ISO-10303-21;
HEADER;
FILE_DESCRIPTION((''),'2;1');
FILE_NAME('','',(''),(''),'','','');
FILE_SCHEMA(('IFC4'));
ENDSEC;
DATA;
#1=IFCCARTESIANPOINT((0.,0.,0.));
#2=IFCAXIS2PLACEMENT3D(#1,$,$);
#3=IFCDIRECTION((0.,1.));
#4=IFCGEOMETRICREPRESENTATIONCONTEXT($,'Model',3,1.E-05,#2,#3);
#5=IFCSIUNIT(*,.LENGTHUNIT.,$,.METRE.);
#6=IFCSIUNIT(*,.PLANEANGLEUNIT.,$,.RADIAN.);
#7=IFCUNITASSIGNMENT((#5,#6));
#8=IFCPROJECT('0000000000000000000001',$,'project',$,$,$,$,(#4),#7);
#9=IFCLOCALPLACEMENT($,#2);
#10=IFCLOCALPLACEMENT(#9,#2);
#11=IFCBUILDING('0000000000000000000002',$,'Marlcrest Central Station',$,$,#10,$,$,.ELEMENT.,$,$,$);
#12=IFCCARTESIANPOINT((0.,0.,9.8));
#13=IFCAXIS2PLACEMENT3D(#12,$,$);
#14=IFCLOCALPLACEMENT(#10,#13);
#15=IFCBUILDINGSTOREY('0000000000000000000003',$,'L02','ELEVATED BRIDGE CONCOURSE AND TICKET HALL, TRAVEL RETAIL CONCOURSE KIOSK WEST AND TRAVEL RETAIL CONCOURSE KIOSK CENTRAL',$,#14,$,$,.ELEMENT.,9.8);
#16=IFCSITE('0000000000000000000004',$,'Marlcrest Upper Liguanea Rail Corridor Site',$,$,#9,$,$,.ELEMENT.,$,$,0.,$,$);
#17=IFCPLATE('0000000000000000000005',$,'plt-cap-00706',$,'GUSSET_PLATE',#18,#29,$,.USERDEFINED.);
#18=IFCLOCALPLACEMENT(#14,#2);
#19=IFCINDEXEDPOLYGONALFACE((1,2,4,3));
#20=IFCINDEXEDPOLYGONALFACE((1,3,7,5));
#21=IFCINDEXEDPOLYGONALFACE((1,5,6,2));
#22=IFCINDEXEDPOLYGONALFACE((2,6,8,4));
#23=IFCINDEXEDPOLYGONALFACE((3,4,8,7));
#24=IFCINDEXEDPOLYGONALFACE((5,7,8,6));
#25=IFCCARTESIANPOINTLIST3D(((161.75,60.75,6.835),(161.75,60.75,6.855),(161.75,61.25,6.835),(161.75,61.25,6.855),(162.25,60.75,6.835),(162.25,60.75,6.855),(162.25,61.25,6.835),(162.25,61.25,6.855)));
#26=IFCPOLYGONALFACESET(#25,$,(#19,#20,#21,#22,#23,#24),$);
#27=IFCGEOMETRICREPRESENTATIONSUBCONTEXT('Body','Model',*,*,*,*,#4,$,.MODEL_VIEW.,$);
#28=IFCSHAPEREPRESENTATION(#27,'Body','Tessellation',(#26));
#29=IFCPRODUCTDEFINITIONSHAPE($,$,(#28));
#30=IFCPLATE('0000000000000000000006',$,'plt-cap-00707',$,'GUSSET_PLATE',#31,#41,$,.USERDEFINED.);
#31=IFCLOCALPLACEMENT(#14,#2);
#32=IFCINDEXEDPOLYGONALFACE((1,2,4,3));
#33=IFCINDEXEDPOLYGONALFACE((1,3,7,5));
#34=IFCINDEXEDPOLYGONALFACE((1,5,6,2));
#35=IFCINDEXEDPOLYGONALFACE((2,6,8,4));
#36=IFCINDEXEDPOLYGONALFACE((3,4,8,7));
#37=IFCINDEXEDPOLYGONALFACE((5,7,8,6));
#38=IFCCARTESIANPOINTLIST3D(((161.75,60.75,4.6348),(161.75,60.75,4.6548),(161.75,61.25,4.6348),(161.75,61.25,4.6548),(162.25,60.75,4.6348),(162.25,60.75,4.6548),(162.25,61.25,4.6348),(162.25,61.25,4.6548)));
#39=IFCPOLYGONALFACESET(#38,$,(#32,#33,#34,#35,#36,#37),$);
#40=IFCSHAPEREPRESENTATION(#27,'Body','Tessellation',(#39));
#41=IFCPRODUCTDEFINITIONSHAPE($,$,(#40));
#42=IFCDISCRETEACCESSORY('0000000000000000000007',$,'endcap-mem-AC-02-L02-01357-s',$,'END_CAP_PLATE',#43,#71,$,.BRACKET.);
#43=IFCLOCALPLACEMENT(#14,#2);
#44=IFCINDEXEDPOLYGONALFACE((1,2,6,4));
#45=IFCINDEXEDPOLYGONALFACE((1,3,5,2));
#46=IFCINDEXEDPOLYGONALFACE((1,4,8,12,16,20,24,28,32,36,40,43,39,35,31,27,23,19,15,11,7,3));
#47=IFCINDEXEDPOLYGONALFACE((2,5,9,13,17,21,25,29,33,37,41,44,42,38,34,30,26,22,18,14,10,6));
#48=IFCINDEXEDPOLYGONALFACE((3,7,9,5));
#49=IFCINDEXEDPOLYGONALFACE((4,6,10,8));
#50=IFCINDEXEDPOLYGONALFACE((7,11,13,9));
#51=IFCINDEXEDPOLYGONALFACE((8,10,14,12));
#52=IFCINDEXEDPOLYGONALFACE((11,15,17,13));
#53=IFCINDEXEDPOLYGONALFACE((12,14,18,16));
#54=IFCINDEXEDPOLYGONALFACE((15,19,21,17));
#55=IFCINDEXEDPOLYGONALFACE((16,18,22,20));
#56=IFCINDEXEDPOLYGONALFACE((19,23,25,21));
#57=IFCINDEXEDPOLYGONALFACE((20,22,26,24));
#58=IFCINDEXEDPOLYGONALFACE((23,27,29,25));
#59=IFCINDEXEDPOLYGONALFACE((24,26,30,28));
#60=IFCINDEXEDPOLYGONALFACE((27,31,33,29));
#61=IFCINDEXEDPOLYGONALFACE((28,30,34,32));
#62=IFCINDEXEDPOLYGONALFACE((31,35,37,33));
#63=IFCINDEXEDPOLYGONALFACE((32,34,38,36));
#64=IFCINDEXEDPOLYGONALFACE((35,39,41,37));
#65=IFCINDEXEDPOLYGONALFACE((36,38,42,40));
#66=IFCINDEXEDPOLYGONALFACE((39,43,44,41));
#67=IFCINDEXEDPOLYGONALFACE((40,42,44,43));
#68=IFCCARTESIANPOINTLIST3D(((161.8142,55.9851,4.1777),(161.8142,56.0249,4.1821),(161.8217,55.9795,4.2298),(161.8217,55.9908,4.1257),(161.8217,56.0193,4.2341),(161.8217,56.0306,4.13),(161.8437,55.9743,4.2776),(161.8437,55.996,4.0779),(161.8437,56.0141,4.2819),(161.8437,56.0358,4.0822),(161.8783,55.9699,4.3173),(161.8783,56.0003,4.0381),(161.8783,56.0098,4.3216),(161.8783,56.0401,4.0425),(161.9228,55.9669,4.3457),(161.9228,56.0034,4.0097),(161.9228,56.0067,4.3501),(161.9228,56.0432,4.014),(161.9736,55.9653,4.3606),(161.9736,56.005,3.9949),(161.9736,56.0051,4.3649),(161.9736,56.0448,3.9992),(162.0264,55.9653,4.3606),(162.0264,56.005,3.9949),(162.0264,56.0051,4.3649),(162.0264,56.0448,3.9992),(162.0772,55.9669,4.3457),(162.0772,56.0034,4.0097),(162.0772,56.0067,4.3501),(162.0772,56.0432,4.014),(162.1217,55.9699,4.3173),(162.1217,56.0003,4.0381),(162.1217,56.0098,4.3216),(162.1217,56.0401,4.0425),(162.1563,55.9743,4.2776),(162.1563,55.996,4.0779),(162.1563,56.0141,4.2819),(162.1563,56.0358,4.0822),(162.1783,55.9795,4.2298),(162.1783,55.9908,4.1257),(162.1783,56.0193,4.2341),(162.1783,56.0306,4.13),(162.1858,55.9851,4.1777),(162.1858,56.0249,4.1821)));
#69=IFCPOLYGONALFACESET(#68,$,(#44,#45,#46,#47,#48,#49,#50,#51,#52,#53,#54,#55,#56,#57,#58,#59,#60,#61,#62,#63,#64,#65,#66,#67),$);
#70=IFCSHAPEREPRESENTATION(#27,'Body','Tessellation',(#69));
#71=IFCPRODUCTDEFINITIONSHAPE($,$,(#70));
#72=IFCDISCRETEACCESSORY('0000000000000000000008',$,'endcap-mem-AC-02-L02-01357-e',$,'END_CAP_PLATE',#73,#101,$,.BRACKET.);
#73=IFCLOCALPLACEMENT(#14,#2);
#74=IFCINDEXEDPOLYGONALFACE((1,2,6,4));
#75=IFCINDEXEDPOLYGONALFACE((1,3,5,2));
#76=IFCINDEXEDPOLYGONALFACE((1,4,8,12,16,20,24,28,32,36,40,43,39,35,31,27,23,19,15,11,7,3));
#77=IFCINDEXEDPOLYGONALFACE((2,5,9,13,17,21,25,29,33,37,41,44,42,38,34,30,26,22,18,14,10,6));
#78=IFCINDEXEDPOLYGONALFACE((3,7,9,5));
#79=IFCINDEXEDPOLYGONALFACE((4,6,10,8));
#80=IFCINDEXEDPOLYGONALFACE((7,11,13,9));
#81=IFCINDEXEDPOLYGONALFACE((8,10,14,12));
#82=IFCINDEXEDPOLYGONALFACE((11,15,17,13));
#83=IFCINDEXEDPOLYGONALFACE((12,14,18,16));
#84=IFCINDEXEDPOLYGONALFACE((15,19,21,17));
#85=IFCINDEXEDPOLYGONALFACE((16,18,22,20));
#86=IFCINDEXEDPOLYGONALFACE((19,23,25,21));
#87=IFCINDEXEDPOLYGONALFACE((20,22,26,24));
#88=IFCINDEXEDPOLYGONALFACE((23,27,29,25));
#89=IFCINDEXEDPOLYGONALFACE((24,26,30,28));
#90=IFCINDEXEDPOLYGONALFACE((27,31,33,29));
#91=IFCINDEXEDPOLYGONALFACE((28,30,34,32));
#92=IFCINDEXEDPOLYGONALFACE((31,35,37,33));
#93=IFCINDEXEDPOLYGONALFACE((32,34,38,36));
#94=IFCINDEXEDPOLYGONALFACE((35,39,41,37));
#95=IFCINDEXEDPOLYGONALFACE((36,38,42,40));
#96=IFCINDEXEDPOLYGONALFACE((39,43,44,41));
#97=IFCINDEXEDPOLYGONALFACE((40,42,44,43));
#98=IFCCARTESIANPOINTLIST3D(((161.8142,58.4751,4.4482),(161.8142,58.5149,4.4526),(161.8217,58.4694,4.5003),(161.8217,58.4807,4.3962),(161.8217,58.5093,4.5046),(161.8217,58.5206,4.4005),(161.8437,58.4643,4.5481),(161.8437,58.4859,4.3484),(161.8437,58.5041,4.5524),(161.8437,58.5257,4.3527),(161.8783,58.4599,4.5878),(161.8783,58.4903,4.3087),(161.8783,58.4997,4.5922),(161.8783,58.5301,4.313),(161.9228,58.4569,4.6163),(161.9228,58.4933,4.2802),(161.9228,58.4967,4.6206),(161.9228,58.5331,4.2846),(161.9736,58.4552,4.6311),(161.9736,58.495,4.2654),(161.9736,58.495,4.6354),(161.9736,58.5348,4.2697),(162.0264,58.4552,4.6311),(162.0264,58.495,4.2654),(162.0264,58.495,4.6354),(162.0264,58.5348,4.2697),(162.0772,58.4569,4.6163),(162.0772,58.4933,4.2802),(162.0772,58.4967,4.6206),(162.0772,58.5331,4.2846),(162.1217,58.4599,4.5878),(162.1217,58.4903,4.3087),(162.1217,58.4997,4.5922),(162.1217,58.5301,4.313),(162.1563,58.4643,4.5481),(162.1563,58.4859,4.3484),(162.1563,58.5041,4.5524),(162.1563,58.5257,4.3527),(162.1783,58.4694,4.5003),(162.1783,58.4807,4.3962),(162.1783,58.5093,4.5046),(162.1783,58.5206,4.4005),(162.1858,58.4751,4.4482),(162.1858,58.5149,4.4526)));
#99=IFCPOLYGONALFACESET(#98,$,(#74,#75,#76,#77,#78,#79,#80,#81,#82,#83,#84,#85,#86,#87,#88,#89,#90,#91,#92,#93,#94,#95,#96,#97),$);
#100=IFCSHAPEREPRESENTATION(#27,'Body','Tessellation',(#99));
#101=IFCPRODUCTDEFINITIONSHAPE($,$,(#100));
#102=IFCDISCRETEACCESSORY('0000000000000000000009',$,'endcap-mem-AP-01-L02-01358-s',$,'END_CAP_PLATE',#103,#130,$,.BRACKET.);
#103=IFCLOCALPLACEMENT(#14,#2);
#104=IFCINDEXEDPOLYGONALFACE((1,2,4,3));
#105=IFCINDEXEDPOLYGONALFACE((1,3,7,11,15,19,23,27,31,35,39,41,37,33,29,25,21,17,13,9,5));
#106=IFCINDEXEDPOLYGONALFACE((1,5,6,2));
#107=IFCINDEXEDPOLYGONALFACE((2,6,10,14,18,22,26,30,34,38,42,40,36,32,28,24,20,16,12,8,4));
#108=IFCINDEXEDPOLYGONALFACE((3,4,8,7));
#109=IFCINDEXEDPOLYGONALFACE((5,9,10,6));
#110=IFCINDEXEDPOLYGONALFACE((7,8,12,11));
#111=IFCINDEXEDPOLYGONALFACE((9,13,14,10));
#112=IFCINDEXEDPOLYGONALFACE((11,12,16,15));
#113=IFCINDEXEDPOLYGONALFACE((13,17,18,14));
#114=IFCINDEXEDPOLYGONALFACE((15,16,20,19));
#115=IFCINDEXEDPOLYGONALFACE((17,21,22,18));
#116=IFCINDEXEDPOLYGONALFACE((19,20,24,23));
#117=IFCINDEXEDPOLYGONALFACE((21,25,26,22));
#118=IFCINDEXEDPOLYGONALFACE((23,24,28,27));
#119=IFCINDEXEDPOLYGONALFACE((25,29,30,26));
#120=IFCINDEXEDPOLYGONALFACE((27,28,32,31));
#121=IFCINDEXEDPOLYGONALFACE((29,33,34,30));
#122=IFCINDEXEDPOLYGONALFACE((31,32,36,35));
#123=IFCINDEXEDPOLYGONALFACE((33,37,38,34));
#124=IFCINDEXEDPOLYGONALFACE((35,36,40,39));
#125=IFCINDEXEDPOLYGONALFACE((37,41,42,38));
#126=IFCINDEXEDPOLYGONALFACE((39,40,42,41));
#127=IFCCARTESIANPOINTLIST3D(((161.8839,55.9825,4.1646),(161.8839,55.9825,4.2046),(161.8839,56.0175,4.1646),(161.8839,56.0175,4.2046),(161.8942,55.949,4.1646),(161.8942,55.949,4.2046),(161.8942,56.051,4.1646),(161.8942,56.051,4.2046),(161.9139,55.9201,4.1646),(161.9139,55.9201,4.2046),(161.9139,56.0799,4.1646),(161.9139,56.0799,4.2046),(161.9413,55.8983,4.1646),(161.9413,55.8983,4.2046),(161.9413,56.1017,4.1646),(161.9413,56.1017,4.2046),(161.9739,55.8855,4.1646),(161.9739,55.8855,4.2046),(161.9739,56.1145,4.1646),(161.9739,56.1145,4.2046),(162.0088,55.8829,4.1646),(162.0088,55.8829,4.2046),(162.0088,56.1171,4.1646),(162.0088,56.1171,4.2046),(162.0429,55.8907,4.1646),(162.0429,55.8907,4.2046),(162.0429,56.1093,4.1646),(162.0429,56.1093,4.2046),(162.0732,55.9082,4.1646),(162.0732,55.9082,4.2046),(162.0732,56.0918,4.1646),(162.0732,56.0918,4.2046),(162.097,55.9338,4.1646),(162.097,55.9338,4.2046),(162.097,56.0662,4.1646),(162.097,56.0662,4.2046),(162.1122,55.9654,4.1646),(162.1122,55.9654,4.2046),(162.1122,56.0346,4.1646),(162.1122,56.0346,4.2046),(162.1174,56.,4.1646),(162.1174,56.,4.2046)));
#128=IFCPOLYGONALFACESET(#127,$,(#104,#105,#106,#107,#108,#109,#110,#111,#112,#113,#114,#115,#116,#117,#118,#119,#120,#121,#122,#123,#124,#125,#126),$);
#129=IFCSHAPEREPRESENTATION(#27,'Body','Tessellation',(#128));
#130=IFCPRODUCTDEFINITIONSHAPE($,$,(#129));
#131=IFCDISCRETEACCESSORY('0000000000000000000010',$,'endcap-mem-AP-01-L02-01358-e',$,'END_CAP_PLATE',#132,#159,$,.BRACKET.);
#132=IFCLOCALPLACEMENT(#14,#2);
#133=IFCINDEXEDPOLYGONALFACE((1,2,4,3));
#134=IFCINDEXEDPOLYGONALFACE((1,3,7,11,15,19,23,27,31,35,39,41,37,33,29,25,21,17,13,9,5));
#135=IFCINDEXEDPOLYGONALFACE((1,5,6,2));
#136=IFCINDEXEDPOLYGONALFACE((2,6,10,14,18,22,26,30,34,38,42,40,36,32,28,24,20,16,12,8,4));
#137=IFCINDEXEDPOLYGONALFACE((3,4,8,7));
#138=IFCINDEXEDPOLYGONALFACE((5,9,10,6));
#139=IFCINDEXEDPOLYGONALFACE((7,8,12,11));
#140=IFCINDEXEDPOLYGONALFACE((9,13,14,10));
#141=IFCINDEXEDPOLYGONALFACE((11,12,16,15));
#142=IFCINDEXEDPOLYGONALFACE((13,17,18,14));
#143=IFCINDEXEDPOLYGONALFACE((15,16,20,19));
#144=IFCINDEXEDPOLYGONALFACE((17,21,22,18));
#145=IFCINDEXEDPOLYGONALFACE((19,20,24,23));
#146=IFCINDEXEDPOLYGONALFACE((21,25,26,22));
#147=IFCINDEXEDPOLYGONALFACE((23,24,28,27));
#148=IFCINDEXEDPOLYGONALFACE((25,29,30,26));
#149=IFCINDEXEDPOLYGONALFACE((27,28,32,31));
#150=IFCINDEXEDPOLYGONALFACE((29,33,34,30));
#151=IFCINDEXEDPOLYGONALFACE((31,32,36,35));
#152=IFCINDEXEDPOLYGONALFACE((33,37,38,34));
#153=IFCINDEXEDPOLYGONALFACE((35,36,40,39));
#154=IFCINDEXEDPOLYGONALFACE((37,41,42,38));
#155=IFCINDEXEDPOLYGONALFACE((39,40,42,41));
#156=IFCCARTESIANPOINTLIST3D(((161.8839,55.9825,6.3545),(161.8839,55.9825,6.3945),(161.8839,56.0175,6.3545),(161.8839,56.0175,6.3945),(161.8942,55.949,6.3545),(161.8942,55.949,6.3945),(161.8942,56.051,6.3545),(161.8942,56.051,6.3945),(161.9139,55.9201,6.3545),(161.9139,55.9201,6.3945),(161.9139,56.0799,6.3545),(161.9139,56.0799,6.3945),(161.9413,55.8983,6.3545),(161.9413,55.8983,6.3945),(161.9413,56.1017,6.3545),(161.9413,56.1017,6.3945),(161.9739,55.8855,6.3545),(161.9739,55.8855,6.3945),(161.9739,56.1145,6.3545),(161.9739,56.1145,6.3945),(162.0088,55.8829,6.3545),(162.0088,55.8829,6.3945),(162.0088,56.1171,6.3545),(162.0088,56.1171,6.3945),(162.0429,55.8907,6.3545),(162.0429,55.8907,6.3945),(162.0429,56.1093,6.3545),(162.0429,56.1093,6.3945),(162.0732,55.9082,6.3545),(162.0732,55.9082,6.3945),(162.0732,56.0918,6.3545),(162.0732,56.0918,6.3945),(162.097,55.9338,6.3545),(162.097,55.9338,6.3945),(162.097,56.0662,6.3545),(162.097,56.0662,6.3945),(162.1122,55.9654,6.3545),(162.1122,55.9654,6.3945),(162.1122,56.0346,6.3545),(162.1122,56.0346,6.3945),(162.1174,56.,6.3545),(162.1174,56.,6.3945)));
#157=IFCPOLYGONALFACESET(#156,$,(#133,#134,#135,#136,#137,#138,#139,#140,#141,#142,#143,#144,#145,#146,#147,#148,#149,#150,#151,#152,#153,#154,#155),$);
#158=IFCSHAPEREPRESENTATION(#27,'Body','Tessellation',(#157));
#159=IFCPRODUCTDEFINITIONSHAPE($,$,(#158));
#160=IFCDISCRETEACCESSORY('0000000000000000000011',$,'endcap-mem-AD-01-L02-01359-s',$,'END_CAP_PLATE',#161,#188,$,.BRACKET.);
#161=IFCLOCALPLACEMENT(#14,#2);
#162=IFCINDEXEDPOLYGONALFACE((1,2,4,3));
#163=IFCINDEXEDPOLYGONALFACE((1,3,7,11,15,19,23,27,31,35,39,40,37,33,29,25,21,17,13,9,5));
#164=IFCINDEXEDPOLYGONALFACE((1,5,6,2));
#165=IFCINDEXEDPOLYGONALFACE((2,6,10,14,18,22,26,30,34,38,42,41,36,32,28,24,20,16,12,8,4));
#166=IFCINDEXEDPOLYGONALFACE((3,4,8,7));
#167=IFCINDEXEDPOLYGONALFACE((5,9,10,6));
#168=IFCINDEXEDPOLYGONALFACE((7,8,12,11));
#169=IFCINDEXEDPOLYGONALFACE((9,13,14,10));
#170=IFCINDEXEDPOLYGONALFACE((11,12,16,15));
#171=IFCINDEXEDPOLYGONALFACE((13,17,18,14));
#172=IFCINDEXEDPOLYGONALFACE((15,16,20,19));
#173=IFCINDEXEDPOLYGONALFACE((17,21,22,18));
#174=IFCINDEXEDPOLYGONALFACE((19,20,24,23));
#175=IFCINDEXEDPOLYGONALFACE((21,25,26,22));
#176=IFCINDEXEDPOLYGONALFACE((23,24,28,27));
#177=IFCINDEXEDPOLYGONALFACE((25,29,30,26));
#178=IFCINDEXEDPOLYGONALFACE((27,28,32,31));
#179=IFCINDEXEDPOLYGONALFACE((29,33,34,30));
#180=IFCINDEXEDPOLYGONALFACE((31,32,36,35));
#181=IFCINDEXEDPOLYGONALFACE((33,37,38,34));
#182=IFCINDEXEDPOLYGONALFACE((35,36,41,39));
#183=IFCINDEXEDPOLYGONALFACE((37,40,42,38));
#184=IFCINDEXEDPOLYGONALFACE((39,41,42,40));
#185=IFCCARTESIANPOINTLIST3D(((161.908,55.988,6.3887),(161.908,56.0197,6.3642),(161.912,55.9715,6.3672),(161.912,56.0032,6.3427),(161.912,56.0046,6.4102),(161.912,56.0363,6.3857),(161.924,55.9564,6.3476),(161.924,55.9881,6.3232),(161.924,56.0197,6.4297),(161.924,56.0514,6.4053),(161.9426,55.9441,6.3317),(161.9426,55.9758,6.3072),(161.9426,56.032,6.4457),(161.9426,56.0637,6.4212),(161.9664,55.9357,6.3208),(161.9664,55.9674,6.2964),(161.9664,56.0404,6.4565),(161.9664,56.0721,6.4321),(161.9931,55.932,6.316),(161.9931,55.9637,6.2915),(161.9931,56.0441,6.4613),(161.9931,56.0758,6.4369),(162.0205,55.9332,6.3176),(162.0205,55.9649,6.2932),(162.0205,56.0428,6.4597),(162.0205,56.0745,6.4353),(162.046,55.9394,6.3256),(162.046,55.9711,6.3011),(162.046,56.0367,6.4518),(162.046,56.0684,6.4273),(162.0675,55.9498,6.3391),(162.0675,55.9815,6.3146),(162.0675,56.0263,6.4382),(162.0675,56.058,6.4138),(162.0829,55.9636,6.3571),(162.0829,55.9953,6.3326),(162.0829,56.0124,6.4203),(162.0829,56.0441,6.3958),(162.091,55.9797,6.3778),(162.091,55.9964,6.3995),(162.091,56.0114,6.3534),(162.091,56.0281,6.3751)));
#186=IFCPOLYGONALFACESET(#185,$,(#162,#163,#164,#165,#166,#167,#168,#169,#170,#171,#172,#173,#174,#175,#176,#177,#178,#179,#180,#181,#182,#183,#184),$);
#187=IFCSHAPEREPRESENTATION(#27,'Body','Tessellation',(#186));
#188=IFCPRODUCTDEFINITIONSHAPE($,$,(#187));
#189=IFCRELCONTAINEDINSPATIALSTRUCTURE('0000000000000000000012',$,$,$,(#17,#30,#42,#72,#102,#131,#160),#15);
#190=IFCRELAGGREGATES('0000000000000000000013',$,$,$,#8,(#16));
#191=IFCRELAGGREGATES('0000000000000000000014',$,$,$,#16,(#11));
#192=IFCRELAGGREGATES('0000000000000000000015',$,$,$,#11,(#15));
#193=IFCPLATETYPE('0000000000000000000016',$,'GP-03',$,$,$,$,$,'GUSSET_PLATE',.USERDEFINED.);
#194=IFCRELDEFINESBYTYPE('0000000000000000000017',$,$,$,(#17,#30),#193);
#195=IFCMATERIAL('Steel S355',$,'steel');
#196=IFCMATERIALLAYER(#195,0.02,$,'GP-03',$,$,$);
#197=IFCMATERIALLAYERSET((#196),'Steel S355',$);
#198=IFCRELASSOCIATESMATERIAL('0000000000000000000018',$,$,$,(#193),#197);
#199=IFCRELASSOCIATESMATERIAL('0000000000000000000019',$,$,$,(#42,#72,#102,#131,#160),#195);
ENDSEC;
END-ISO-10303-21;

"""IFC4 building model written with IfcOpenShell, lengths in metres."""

from ifc_helpers import new_model, si_unit, direction, frame, origin, origin_2d, place, context, subcontext, project, spatial, rectangle, circle, extrude, material, layer, layer_set, type_object, element, save


model = new_model("IFC4")

# Units and contexts
model_context = context("Model", 3, precision=1e-05, world=origin(), true_north=direction((0.0, 1.0)))
body_context = subcontext(model_context, "Body", "Model", "MODEL_VIEW")
ifc_project = project(units=[si_unit("LENGTHUNIT", "METRE"), si_unit("PLANEANGLEUNIT", "RADIAN")], contexts=[model_context])

# Site, building, storey
site_placement = place(None, origin())
site = spatial("IfcSite", under=ifc_project, at=site_placement, Name="Marlcrest Upper Liguanea Rail Corridor Site", CompositionType="ELEMENT", RefElevation=0.0)
building_placement = place(site_placement, origin())
building = spatial("IfcBuilding", under=site, at=building_placement, Name="Marlcrest Central Station", CompositionType="ELEMENT")
storey_placement = place(building_placement, frame((0.0, 0.0, 9.8)))
storey = spatial("IfcBuildingStorey", under=building, at=storey_placement, Name="L02", Description="ELEVATED BRIDGE CONCOURSE AND TICKET HALL, TRAVEL RETAIL CONCOURSE KIOSK WEST AND TRAVEL RETAIL CONCOURSE KIOSK CENTRAL", CompositionType="ELEMENT", Elevation=9.8)

# Shared definitions
ifc_material = material(Name="Steel S355", Category="steel")

# Plates
ifc_layer = layer(ifc_material, 0.02, Name="GP-03")
ifc_layer_set = layer_set([ifc_layer], Name="Steel S355")
plate_type = type_object("IfcPlateType", Name="GP-03", ElementType="GUSSET_PLATE", PredefinedType="USERDEFINED", material=ifc_layer_set)
for number, where, z_axis, x_axis, name in (
    (1, (162.0, 61.0, 6.835), (0.0, 0.0, 1.0), (1.0, 0.0, 0.0), "plt-cap-00706"),
    (2, (162.0, 61.0, 4.6348), (0.0, 0.0, 1.0), (1.0, 0.0, 0.0), "plt-cap-00707"),
):
    element("IfcPlate", number, at=place(storey_placement, frame(where, z_axis=z_axis, x_axis=x_axis)), inside=storey, type_object=plate_type, Name=name, ObjectType="GUSSET_PLATE", PredefinedType="USERDEFINED", context=body_context, shape_type="SweptSolid", body=[
        extrude(rectangle(XDim=0.5, YDim=0.5, at=origin_2d()), origin(), (0.0, 0.0, 1.0), 0.02),
    ])

# Discrete accessories
for number, where, z_axis, x_axis, name in (
    (3, (162.0, 55.9851, 4.1777), (0.0, 0.994155, 0.107959), (-1.0, 0.0, 0.0), "endcap-mem-AC-02-L02-01357-s"),
    (4, (162.0, 58.4751, 4.4482), (0.0, 0.994155, 0.107959), (-1.0, 0.0, 0.0), "endcap-mem-AC-02-L02-01357-e"),
):
    element("IfcDiscreteAccessory", number, at=place(storey_placement, frame(where, z_axis=z_axis, x_axis=x_axis)), inside=storey, material=ifc_material, Name=name, ObjectType="END_CAP_PLATE", PredefinedType="BRACKET", context=body_context, shape_type="SweptSolid", body=[
        extrude(circle(Radius=0.1858, at=origin_2d()), origin(), (0.0, 0.0, 1.0), 0.04),
    ])
for number, where, z_axis, x_axis, name in (
    (5, (162.0, 56.0, 4.1646), (0.0, 0.0, 1.0), (1.0, 0.0, 0.0), "endcap-mem-AP-01-L02-01358-s"),
    (6, (162.0, 56.0, 6.3545), (0.0, 0.0, 1.0), (1.0, 0.0, 0.0), "endcap-mem-AP-01-L02-01358-e"),
):
    element("IfcDiscreteAccessory", number, at=place(storey_placement, frame(where, z_axis=z_axis, x_axis=x_axis)), inside=storey, material=ifc_material, Name=name, ObjectType="END_CAP_PLATE", PredefinedType="BRACKET", context=body_context, shape_type="SweptSolid", body=[
        extrude(circle(Radius=0.1174, at=origin_2d()), origin(), (0.0, 0.0, 1.0), 0.04),
    ])
for number, where, z_axis, x_axis, name in (
    (7, (162.0, 55.988, 6.3887), (0.0, 0.791798, -0.610783), (-1.0, 0.0, 0.0), "endcap-mem-AD-01-L02-01359-s"),
):
    element("IfcDiscreteAccessory", number, at=place(storey_placement, frame(where, z_axis=z_axis, x_axis=x_axis)), inside=storey, material=ifc_material, Name=name, ObjectType="END_CAP_PLATE", PredefinedType="BRACKET", context=body_context, shape_type="SweptSolid", body=[
        extrude(circle(Radius=0.092, at=origin_2d()), origin(), (0.0, 0.0, 1.0), 0.04),
    ])

save(model, "model.ifc")
